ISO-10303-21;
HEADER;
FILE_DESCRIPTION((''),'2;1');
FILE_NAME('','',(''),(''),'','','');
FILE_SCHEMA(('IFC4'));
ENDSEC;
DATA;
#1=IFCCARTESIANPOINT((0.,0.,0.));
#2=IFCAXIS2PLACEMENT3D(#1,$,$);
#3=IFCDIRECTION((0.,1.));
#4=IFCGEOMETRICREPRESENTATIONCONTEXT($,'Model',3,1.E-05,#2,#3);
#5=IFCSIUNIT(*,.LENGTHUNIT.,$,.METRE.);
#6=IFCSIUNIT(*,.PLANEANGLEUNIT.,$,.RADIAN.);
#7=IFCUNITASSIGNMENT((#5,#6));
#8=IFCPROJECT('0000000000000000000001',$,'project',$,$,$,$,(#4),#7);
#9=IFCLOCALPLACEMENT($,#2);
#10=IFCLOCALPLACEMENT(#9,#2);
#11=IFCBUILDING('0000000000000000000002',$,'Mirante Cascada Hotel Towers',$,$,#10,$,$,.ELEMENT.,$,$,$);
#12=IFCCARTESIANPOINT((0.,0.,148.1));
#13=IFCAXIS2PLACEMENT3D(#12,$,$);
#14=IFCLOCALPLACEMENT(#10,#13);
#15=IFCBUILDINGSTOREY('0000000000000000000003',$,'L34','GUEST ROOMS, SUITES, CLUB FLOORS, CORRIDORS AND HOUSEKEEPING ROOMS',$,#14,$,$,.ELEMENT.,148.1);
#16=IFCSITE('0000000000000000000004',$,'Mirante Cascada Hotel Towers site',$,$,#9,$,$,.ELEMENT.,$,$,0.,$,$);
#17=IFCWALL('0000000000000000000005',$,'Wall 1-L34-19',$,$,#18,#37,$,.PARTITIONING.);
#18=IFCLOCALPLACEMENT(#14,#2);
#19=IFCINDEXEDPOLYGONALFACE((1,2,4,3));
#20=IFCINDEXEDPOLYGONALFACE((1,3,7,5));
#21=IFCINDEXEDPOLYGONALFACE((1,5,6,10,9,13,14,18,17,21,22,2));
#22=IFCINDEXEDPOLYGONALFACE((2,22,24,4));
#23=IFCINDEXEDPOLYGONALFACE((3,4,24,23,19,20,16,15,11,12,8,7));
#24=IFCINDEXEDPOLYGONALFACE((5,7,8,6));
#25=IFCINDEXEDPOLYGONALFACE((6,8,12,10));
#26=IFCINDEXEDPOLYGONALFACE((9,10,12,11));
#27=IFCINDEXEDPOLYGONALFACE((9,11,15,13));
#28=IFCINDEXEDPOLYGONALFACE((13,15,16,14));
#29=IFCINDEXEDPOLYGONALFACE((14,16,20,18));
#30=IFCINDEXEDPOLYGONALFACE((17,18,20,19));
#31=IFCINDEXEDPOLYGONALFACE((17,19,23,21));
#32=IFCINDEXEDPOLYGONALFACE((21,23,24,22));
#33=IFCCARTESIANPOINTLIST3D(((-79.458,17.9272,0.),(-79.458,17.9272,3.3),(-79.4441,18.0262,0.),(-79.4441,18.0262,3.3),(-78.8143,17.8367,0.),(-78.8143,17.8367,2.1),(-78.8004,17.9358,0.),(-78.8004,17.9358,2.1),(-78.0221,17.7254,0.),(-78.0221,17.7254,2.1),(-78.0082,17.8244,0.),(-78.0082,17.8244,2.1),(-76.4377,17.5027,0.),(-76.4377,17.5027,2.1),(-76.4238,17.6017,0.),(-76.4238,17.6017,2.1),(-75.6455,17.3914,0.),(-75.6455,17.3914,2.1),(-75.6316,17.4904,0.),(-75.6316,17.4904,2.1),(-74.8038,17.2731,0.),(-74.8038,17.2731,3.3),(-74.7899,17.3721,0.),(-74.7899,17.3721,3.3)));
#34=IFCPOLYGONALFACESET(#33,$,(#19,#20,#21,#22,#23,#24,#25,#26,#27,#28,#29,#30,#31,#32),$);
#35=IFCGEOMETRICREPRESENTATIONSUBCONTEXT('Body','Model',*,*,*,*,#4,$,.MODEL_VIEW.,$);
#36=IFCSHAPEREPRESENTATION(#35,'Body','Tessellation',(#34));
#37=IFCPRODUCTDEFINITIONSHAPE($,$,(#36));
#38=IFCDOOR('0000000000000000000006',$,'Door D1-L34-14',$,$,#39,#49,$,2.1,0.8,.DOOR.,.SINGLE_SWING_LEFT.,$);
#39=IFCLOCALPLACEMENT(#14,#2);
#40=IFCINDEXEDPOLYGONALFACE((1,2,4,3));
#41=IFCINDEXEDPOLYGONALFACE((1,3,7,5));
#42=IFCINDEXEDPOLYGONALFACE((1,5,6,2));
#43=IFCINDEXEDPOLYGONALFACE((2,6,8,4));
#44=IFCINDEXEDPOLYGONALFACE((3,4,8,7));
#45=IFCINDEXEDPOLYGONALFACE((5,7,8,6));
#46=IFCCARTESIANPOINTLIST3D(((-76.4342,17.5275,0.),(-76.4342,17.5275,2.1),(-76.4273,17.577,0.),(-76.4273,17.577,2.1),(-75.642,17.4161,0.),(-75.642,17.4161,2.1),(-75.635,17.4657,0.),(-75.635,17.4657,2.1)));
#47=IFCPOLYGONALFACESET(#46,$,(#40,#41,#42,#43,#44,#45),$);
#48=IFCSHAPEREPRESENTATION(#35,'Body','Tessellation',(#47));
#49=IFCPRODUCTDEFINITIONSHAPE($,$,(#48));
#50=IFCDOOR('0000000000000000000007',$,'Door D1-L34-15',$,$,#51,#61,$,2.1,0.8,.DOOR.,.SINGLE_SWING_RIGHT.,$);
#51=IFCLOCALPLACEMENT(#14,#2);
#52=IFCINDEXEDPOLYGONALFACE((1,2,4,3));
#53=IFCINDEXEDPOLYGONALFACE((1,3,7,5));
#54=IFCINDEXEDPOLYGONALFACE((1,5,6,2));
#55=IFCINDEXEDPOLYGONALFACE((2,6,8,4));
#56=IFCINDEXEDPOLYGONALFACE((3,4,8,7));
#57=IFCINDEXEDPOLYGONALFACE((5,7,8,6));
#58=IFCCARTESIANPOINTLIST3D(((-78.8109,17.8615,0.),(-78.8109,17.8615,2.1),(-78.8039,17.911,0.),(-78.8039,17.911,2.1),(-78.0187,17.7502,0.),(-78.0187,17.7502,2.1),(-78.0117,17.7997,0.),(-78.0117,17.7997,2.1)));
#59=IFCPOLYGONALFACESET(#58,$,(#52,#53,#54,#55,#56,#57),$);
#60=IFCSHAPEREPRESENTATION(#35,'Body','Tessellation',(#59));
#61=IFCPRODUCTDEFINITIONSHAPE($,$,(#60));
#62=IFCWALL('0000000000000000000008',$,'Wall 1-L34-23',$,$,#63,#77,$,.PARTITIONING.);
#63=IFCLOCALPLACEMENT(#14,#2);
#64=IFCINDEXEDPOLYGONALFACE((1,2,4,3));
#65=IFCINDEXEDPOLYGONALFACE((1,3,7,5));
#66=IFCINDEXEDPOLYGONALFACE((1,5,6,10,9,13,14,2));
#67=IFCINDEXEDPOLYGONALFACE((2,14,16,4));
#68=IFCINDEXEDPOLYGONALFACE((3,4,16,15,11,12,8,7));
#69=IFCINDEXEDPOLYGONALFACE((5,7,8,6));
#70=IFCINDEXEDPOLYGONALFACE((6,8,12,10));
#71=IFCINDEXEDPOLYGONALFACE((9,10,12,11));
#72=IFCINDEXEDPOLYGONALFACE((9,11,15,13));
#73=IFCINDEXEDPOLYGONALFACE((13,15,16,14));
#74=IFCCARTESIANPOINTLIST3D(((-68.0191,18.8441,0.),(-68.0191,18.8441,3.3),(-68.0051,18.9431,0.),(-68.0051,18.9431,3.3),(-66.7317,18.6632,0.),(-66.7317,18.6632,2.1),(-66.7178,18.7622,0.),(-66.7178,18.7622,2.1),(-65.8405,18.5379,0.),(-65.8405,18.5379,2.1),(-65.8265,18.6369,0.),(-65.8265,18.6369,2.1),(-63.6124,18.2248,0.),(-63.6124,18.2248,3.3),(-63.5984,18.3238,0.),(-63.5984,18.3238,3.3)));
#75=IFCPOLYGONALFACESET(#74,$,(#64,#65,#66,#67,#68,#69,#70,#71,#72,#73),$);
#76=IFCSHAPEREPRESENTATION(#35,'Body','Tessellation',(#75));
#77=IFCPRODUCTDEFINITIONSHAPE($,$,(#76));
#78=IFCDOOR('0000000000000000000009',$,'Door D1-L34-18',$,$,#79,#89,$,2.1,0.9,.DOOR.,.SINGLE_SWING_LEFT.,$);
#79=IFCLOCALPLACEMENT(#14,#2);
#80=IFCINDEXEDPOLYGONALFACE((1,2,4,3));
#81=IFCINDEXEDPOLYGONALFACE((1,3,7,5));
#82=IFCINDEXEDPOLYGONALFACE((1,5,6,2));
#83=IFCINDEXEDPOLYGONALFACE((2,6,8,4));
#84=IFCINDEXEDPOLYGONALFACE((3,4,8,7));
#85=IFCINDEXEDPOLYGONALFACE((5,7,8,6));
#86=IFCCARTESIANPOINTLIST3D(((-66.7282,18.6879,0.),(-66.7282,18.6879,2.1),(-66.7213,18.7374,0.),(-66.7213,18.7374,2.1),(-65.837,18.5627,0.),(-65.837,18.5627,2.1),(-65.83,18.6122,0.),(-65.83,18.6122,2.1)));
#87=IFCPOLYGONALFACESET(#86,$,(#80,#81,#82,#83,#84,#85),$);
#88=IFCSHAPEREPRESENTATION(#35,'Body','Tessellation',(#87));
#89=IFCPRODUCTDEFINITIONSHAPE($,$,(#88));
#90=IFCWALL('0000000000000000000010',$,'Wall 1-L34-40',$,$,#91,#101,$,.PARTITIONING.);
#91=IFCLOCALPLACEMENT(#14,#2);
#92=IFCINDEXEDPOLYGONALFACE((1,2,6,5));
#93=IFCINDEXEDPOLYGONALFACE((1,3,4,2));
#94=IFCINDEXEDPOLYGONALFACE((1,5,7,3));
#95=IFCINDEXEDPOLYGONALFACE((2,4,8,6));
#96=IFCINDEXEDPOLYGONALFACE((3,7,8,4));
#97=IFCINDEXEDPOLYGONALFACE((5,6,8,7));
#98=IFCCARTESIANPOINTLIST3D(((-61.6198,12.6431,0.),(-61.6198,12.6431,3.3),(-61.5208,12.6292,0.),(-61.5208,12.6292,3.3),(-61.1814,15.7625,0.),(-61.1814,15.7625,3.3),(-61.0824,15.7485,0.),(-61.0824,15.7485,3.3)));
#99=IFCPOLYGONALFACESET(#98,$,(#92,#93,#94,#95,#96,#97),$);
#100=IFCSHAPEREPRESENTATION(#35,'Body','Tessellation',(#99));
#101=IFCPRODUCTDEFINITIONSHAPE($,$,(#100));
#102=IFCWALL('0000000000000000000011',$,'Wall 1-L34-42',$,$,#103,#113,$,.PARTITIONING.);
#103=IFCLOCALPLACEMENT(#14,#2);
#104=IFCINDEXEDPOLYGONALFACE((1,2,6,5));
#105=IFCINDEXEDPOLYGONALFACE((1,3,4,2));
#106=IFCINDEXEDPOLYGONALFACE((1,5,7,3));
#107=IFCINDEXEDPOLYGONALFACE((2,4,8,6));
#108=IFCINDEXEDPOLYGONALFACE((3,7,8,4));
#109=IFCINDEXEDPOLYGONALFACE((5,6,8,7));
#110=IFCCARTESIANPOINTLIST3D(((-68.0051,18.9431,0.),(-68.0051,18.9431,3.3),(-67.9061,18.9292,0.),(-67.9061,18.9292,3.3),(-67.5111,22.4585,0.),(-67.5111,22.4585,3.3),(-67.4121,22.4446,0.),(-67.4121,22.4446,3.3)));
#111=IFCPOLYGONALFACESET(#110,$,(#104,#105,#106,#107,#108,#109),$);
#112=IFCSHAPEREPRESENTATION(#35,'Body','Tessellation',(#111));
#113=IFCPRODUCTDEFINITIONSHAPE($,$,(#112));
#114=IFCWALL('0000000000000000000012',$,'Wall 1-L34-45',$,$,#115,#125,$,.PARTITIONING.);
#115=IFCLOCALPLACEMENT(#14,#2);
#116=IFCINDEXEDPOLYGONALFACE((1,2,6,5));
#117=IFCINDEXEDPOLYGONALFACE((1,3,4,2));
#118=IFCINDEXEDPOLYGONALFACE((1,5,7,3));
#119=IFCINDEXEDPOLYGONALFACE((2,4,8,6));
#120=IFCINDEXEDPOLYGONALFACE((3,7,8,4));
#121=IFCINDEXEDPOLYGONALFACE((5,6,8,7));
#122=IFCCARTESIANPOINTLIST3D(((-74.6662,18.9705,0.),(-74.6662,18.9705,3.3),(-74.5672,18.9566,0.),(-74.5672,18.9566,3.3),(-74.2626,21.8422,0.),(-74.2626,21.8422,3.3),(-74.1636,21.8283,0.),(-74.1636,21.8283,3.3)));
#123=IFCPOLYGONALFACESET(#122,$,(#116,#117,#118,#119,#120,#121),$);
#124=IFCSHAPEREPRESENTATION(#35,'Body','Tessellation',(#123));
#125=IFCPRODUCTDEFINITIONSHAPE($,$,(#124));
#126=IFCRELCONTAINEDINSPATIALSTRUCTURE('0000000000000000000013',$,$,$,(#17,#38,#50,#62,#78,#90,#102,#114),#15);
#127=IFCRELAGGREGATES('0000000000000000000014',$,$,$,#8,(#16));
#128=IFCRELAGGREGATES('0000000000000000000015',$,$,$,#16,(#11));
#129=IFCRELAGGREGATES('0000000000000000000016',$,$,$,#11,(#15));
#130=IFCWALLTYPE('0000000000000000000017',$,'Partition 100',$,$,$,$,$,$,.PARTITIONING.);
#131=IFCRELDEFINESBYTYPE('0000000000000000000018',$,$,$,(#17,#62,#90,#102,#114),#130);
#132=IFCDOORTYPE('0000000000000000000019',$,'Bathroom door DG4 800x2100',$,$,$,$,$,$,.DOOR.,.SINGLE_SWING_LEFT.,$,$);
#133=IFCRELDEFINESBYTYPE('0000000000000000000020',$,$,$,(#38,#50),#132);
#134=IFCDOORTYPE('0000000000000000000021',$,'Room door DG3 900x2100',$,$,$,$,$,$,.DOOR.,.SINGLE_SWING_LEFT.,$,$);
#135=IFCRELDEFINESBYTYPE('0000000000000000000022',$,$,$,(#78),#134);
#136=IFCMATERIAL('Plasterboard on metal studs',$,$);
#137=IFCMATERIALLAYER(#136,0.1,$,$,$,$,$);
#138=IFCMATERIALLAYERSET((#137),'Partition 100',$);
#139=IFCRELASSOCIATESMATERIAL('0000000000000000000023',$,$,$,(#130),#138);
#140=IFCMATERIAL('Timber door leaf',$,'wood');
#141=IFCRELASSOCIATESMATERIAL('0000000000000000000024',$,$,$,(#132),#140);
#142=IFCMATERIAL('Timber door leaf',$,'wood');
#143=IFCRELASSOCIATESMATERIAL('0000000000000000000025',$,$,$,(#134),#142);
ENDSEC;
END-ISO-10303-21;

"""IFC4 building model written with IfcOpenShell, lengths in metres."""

from ifc_helpers import new_model, si_unit, direction, frame, frame_2d, origin, place, context, subcontext, project, spatial, rectangle, extrude, material, layer, layer_set, type_object, element, fill, save


model = new_model("IFC4")

# Units and contexts
model_context = context("Model", 3, precision=1e-05, world=origin(), true_north=direction((0.0, 1.0)))
body_context = subcontext(model_context, "Body", "Model", "MODEL_VIEW")
ifc_project = project(units=[si_unit("LENGTHUNIT", "METRE"), si_unit("PLANEANGLEUNIT", "RADIAN")], contexts=[model_context])

# Site, building, storey
site_placement = place(None, origin())
site = spatial("IfcSite", under=ifc_project, at=site_placement, Name="Mirante Cascada Hotel Towers site", CompositionType="ELEMENT", RefElevation=0.0)
building_placement = place(site_placement, origin())
building = spatial("IfcBuilding", under=site, at=building_placement, Name="Mirante Cascada Hotel Towers", CompositionType="ELEMENT")
storey_placement = place(building_placement, frame((0.0, 0.0, 148.1)))
storey = spatial("IfcBuildingStorey", under=building, at=storey_placement, Name="L34", Description="GUEST ROOMS, SUITES, CLUB FLOORS, CORRIDORS AND HOUSEKEEPING ROOMS", CompositionType="ELEMENT", Elevation=148.1)

# Wall, openings, doors
ifc_material_1 = material(Name="Plasterboard on metal studs")
ifc_layer_1 = layer(ifc_material_1, 0.1)
ifc_layer_set_1 = layer_set([ifc_layer_1], Name="Partition 100")
wall_type = type_object("IfcWallType", Name="Partition 100", PredefinedType="PARTITIONING", material=ifc_layer_set_1)
wall_1_placement = place(storey_placement, frame((-74.7968, 17.3226, 0.0), z_axis=(0.0, 0.0, 1.0), x_axis=(-0.990268, 0.139172, 0.0)))
wall_1 = element("IfcWall", 1, at=wall_1_placement, inside=storey, type_object=wall_type, Name="Wall 1-L34-19", PredefinedType="PARTITIONING", context=body_context, shape_type="SweptSolid", body=[
    extrude(rectangle(XDim=4.6999, YDim=0.1, at=frame_2d((2.35, 0.0))), origin(), (0.0, 0.0, 1.0), 3.3),
])
opening_1_placement = place(wall_1_placement, frame((0.85, 0.0, 0.0)))
opening_1 = element("IfcOpeningElement", 2, at=opening_1_placement, cuts=wall_1, PredefinedType="OPENING", context=body_context, shape_type="SweptSolid", body=[
    extrude(rectangle(XDim=0.8, YDim=2.1, at=frame_2d((0.4, 1.05))), frame((0.0, 0.05, 0.0), z_axis=(0.0, -1.0, 0.0), x_axis=(1.0, 0.0, 0.0)), (0.0, 0.0, 1.0), 0.1),
])
opening_2_placement = place(wall_1_placement, frame((3.25, 0.0, 0.0)))
opening_2 = element("IfcOpeningElement", 3, at=opening_2_placement, cuts=wall_1, PredefinedType="OPENING", context=body_context, shape_type="SweptSolid", body=[
    extrude(rectangle(XDim=0.8, YDim=2.1, at=frame_2d((0.4, 1.05))), frame((0.0, 0.05, 0.0), z_axis=(0.0, -1.0, 0.0), x_axis=(1.0, 0.0, 0.0)), (0.0, 0.0, 1.0), 0.1),
])
ifc_material_2 = material(Name="Timber door leaf", Category="wood")
door_type_1 = type_object("IfcDoorType", Name="Bathroom door DG4 800x2100", OperationType="SINGLE_SWING_LEFT", PredefinedType="DOOR", material=ifc_material_2)
door_1_placement = place(opening_1_placement, origin())
door_1 = element("IfcDoor", 4, at=door_1_placement, inside=storey, type_object=door_type_1, Name="Door D1-L34-14", OperationType="SINGLE_SWING_LEFT", OverallHeight=2.1, OverallWidth=0.8, PredefinedType="DOOR", context=body_context, shape_type="SweptSolid", body=[
    extrude(rectangle(XDim=0.8, YDim=2.1, at=frame_2d((0.4, 1.05))), frame((0.0, 0.025, 0.0), z_axis=(0.0, -1.0, 0.0), x_axis=(1.0, 0.0, 0.0)), (0.0, 0.0, 1.0), 0.05),
])
fill(opening_1, door_1)
door_2_placement = place(opening_2_placement, frame((0.8, 0.0, 0.0), z_axis=(0.0, 0.0, 1.0), x_axis=(-1.0, 0.0, 0.0)))
door_2 = element("IfcDoor", 5, at=door_2_placement, inside=storey, type_object=door_type_1, Name="Door D1-L34-15", OperationType="SINGLE_SWING_RIGHT", OverallHeight=2.1, OverallWidth=0.8, PredefinedType="DOOR", context=body_context, shape_type="SweptSolid", body=[
    extrude(rectangle(XDim=0.8, YDim=2.1, at=frame_2d((0.4, 1.05))), frame((0.0, 0.025, 0.0), z_axis=(0.0, -1.0, 0.0), x_axis=(1.0, 0.0, 0.0)), (0.0, 0.0, 1.0), 0.05),
])
fill(opening_2, door_2)

# Wall, opening, door
wall_2_placement = place(storey_placement, frame((-63.6054, 18.2743, 0.0), z_axis=(0.0, 0.0, 1.0), x_axis=(-0.990269, 0.139168, 0.0)))
wall_2 = element("IfcWall", 6, at=wall_2_placement, inside=storey, type_object=wall_type, Name="Wall 1-L34-23", PredefinedType="PARTITIONING", context=body_context, shape_type="SweptSolid", body=[
    extrude(rectangle(XDim=4.45, YDim=0.1, at=frame_2d((2.225, 0.0))), origin(), (0.0, 0.0, 1.0), 3.3),
])
opening_3_placement = place(wall_2_placement, frame((2.25, 0.0, 0.0)))
opening_3 = element("IfcOpeningElement", 7, at=opening_3_placement, cuts=wall_2, PredefinedType="OPENING", context=body_context, shape_type="SweptSolid", body=[
    extrude(rectangle(XDim=0.9, YDim=2.1, at=frame_2d((0.45, 1.05))), frame((0.0, 0.05, 0.0), z_axis=(0.0, -1.0, 0.0), x_axis=(1.0, 0.0, 0.0)), (0.0, 0.0, 1.0), 0.1),
])
ifc_material_3 = material(Name="Timber door leaf", Category="wood")
door_type_2 = type_object("IfcDoorType", Name="Room door DG3 900x2100", OperationType="SINGLE_SWING_LEFT", PredefinedType="DOOR", material=ifc_material_3)
door_3_placement = place(opening_3_placement, origin())
door_3 = element("IfcDoor", 8, at=door_3_placement, inside=storey, type_object=door_type_2, Name="Door D1-L34-18", OperationType="SINGLE_SWING_LEFT", OverallHeight=2.1, OverallWidth=0.9, PredefinedType="DOOR", context=body_context, shape_type="SweptSolid", body=[
    extrude(rectangle(XDim=0.9, YDim=2.1, at=frame_2d((0.45, 1.05))), frame((0.0, 0.025, 0.0), z_axis=(0.0, -1.0, 0.0), x_axis=(1.0, 0.0, 0.0)), (0.0, 0.0, 1.0), 0.05),
])
fill(opening_3, door_3)

# Walls
wall_3_placement = place(storey_placement, frame((-61.1319, 15.7555, 0.0), z_axis=(0.0, 0.0, 1.0), x_axis=(-0.139177, -0.990268, 0.0)))
element("IfcWall", 9, at=wall_3_placement, inside=storey, type_object=wall_type, Name="Wall 1-L34-40", PredefinedType="PARTITIONING", context=body_context, shape_type="SweptSolid", body=[
    extrude(rectangle(XDim=3.15, YDim=0.1, at=frame_2d((1.575, 0.0))), origin(), (0.0, 0.0, 1.0), 3.3),
])
wall_4_placement = place(storey_placement, frame((-67.4616, 22.4516, 0.0), z_axis=(0.0, 0.0, 1.0), x_axis=(-0.139157, -0.99027, 0.0)))
element("IfcWall", 10, at=wall_4_placement, inside=storey, type_object=wall_type, Name="Wall 1-L34-42", PredefinedType="PARTITIONING", context=body_context, shape_type="SweptSolid", body=[
    extrude(rectangle(XDim=3.5499, YDim=0.1, at=frame_2d((1.775, 0.0))), origin(), (0.0, 0.0, 1.0), 3.3),
])
wall_5_placement = place(storey_placement, frame((-74.6167, 18.9635, 0.0), z_axis=(0.0, 0.0, 1.0), x_axis=(0.139176, 0.990268, 0.0)))
element("IfcWall", 11, at=wall_5_placement, inside=storey, type_object=wall_type, Name="Wall 1-L34-45", PredefinedType="PARTITIONING", context=body_context, shape_type="SweptSolid", body=[
    extrude(rectangle(XDim=2.8999, YDim=0.1, at=frame_2d((1.45, 0.0))), origin(), (0.0, 0.0, 1.0), 3.3),
])

save(model, "model.ifc")
